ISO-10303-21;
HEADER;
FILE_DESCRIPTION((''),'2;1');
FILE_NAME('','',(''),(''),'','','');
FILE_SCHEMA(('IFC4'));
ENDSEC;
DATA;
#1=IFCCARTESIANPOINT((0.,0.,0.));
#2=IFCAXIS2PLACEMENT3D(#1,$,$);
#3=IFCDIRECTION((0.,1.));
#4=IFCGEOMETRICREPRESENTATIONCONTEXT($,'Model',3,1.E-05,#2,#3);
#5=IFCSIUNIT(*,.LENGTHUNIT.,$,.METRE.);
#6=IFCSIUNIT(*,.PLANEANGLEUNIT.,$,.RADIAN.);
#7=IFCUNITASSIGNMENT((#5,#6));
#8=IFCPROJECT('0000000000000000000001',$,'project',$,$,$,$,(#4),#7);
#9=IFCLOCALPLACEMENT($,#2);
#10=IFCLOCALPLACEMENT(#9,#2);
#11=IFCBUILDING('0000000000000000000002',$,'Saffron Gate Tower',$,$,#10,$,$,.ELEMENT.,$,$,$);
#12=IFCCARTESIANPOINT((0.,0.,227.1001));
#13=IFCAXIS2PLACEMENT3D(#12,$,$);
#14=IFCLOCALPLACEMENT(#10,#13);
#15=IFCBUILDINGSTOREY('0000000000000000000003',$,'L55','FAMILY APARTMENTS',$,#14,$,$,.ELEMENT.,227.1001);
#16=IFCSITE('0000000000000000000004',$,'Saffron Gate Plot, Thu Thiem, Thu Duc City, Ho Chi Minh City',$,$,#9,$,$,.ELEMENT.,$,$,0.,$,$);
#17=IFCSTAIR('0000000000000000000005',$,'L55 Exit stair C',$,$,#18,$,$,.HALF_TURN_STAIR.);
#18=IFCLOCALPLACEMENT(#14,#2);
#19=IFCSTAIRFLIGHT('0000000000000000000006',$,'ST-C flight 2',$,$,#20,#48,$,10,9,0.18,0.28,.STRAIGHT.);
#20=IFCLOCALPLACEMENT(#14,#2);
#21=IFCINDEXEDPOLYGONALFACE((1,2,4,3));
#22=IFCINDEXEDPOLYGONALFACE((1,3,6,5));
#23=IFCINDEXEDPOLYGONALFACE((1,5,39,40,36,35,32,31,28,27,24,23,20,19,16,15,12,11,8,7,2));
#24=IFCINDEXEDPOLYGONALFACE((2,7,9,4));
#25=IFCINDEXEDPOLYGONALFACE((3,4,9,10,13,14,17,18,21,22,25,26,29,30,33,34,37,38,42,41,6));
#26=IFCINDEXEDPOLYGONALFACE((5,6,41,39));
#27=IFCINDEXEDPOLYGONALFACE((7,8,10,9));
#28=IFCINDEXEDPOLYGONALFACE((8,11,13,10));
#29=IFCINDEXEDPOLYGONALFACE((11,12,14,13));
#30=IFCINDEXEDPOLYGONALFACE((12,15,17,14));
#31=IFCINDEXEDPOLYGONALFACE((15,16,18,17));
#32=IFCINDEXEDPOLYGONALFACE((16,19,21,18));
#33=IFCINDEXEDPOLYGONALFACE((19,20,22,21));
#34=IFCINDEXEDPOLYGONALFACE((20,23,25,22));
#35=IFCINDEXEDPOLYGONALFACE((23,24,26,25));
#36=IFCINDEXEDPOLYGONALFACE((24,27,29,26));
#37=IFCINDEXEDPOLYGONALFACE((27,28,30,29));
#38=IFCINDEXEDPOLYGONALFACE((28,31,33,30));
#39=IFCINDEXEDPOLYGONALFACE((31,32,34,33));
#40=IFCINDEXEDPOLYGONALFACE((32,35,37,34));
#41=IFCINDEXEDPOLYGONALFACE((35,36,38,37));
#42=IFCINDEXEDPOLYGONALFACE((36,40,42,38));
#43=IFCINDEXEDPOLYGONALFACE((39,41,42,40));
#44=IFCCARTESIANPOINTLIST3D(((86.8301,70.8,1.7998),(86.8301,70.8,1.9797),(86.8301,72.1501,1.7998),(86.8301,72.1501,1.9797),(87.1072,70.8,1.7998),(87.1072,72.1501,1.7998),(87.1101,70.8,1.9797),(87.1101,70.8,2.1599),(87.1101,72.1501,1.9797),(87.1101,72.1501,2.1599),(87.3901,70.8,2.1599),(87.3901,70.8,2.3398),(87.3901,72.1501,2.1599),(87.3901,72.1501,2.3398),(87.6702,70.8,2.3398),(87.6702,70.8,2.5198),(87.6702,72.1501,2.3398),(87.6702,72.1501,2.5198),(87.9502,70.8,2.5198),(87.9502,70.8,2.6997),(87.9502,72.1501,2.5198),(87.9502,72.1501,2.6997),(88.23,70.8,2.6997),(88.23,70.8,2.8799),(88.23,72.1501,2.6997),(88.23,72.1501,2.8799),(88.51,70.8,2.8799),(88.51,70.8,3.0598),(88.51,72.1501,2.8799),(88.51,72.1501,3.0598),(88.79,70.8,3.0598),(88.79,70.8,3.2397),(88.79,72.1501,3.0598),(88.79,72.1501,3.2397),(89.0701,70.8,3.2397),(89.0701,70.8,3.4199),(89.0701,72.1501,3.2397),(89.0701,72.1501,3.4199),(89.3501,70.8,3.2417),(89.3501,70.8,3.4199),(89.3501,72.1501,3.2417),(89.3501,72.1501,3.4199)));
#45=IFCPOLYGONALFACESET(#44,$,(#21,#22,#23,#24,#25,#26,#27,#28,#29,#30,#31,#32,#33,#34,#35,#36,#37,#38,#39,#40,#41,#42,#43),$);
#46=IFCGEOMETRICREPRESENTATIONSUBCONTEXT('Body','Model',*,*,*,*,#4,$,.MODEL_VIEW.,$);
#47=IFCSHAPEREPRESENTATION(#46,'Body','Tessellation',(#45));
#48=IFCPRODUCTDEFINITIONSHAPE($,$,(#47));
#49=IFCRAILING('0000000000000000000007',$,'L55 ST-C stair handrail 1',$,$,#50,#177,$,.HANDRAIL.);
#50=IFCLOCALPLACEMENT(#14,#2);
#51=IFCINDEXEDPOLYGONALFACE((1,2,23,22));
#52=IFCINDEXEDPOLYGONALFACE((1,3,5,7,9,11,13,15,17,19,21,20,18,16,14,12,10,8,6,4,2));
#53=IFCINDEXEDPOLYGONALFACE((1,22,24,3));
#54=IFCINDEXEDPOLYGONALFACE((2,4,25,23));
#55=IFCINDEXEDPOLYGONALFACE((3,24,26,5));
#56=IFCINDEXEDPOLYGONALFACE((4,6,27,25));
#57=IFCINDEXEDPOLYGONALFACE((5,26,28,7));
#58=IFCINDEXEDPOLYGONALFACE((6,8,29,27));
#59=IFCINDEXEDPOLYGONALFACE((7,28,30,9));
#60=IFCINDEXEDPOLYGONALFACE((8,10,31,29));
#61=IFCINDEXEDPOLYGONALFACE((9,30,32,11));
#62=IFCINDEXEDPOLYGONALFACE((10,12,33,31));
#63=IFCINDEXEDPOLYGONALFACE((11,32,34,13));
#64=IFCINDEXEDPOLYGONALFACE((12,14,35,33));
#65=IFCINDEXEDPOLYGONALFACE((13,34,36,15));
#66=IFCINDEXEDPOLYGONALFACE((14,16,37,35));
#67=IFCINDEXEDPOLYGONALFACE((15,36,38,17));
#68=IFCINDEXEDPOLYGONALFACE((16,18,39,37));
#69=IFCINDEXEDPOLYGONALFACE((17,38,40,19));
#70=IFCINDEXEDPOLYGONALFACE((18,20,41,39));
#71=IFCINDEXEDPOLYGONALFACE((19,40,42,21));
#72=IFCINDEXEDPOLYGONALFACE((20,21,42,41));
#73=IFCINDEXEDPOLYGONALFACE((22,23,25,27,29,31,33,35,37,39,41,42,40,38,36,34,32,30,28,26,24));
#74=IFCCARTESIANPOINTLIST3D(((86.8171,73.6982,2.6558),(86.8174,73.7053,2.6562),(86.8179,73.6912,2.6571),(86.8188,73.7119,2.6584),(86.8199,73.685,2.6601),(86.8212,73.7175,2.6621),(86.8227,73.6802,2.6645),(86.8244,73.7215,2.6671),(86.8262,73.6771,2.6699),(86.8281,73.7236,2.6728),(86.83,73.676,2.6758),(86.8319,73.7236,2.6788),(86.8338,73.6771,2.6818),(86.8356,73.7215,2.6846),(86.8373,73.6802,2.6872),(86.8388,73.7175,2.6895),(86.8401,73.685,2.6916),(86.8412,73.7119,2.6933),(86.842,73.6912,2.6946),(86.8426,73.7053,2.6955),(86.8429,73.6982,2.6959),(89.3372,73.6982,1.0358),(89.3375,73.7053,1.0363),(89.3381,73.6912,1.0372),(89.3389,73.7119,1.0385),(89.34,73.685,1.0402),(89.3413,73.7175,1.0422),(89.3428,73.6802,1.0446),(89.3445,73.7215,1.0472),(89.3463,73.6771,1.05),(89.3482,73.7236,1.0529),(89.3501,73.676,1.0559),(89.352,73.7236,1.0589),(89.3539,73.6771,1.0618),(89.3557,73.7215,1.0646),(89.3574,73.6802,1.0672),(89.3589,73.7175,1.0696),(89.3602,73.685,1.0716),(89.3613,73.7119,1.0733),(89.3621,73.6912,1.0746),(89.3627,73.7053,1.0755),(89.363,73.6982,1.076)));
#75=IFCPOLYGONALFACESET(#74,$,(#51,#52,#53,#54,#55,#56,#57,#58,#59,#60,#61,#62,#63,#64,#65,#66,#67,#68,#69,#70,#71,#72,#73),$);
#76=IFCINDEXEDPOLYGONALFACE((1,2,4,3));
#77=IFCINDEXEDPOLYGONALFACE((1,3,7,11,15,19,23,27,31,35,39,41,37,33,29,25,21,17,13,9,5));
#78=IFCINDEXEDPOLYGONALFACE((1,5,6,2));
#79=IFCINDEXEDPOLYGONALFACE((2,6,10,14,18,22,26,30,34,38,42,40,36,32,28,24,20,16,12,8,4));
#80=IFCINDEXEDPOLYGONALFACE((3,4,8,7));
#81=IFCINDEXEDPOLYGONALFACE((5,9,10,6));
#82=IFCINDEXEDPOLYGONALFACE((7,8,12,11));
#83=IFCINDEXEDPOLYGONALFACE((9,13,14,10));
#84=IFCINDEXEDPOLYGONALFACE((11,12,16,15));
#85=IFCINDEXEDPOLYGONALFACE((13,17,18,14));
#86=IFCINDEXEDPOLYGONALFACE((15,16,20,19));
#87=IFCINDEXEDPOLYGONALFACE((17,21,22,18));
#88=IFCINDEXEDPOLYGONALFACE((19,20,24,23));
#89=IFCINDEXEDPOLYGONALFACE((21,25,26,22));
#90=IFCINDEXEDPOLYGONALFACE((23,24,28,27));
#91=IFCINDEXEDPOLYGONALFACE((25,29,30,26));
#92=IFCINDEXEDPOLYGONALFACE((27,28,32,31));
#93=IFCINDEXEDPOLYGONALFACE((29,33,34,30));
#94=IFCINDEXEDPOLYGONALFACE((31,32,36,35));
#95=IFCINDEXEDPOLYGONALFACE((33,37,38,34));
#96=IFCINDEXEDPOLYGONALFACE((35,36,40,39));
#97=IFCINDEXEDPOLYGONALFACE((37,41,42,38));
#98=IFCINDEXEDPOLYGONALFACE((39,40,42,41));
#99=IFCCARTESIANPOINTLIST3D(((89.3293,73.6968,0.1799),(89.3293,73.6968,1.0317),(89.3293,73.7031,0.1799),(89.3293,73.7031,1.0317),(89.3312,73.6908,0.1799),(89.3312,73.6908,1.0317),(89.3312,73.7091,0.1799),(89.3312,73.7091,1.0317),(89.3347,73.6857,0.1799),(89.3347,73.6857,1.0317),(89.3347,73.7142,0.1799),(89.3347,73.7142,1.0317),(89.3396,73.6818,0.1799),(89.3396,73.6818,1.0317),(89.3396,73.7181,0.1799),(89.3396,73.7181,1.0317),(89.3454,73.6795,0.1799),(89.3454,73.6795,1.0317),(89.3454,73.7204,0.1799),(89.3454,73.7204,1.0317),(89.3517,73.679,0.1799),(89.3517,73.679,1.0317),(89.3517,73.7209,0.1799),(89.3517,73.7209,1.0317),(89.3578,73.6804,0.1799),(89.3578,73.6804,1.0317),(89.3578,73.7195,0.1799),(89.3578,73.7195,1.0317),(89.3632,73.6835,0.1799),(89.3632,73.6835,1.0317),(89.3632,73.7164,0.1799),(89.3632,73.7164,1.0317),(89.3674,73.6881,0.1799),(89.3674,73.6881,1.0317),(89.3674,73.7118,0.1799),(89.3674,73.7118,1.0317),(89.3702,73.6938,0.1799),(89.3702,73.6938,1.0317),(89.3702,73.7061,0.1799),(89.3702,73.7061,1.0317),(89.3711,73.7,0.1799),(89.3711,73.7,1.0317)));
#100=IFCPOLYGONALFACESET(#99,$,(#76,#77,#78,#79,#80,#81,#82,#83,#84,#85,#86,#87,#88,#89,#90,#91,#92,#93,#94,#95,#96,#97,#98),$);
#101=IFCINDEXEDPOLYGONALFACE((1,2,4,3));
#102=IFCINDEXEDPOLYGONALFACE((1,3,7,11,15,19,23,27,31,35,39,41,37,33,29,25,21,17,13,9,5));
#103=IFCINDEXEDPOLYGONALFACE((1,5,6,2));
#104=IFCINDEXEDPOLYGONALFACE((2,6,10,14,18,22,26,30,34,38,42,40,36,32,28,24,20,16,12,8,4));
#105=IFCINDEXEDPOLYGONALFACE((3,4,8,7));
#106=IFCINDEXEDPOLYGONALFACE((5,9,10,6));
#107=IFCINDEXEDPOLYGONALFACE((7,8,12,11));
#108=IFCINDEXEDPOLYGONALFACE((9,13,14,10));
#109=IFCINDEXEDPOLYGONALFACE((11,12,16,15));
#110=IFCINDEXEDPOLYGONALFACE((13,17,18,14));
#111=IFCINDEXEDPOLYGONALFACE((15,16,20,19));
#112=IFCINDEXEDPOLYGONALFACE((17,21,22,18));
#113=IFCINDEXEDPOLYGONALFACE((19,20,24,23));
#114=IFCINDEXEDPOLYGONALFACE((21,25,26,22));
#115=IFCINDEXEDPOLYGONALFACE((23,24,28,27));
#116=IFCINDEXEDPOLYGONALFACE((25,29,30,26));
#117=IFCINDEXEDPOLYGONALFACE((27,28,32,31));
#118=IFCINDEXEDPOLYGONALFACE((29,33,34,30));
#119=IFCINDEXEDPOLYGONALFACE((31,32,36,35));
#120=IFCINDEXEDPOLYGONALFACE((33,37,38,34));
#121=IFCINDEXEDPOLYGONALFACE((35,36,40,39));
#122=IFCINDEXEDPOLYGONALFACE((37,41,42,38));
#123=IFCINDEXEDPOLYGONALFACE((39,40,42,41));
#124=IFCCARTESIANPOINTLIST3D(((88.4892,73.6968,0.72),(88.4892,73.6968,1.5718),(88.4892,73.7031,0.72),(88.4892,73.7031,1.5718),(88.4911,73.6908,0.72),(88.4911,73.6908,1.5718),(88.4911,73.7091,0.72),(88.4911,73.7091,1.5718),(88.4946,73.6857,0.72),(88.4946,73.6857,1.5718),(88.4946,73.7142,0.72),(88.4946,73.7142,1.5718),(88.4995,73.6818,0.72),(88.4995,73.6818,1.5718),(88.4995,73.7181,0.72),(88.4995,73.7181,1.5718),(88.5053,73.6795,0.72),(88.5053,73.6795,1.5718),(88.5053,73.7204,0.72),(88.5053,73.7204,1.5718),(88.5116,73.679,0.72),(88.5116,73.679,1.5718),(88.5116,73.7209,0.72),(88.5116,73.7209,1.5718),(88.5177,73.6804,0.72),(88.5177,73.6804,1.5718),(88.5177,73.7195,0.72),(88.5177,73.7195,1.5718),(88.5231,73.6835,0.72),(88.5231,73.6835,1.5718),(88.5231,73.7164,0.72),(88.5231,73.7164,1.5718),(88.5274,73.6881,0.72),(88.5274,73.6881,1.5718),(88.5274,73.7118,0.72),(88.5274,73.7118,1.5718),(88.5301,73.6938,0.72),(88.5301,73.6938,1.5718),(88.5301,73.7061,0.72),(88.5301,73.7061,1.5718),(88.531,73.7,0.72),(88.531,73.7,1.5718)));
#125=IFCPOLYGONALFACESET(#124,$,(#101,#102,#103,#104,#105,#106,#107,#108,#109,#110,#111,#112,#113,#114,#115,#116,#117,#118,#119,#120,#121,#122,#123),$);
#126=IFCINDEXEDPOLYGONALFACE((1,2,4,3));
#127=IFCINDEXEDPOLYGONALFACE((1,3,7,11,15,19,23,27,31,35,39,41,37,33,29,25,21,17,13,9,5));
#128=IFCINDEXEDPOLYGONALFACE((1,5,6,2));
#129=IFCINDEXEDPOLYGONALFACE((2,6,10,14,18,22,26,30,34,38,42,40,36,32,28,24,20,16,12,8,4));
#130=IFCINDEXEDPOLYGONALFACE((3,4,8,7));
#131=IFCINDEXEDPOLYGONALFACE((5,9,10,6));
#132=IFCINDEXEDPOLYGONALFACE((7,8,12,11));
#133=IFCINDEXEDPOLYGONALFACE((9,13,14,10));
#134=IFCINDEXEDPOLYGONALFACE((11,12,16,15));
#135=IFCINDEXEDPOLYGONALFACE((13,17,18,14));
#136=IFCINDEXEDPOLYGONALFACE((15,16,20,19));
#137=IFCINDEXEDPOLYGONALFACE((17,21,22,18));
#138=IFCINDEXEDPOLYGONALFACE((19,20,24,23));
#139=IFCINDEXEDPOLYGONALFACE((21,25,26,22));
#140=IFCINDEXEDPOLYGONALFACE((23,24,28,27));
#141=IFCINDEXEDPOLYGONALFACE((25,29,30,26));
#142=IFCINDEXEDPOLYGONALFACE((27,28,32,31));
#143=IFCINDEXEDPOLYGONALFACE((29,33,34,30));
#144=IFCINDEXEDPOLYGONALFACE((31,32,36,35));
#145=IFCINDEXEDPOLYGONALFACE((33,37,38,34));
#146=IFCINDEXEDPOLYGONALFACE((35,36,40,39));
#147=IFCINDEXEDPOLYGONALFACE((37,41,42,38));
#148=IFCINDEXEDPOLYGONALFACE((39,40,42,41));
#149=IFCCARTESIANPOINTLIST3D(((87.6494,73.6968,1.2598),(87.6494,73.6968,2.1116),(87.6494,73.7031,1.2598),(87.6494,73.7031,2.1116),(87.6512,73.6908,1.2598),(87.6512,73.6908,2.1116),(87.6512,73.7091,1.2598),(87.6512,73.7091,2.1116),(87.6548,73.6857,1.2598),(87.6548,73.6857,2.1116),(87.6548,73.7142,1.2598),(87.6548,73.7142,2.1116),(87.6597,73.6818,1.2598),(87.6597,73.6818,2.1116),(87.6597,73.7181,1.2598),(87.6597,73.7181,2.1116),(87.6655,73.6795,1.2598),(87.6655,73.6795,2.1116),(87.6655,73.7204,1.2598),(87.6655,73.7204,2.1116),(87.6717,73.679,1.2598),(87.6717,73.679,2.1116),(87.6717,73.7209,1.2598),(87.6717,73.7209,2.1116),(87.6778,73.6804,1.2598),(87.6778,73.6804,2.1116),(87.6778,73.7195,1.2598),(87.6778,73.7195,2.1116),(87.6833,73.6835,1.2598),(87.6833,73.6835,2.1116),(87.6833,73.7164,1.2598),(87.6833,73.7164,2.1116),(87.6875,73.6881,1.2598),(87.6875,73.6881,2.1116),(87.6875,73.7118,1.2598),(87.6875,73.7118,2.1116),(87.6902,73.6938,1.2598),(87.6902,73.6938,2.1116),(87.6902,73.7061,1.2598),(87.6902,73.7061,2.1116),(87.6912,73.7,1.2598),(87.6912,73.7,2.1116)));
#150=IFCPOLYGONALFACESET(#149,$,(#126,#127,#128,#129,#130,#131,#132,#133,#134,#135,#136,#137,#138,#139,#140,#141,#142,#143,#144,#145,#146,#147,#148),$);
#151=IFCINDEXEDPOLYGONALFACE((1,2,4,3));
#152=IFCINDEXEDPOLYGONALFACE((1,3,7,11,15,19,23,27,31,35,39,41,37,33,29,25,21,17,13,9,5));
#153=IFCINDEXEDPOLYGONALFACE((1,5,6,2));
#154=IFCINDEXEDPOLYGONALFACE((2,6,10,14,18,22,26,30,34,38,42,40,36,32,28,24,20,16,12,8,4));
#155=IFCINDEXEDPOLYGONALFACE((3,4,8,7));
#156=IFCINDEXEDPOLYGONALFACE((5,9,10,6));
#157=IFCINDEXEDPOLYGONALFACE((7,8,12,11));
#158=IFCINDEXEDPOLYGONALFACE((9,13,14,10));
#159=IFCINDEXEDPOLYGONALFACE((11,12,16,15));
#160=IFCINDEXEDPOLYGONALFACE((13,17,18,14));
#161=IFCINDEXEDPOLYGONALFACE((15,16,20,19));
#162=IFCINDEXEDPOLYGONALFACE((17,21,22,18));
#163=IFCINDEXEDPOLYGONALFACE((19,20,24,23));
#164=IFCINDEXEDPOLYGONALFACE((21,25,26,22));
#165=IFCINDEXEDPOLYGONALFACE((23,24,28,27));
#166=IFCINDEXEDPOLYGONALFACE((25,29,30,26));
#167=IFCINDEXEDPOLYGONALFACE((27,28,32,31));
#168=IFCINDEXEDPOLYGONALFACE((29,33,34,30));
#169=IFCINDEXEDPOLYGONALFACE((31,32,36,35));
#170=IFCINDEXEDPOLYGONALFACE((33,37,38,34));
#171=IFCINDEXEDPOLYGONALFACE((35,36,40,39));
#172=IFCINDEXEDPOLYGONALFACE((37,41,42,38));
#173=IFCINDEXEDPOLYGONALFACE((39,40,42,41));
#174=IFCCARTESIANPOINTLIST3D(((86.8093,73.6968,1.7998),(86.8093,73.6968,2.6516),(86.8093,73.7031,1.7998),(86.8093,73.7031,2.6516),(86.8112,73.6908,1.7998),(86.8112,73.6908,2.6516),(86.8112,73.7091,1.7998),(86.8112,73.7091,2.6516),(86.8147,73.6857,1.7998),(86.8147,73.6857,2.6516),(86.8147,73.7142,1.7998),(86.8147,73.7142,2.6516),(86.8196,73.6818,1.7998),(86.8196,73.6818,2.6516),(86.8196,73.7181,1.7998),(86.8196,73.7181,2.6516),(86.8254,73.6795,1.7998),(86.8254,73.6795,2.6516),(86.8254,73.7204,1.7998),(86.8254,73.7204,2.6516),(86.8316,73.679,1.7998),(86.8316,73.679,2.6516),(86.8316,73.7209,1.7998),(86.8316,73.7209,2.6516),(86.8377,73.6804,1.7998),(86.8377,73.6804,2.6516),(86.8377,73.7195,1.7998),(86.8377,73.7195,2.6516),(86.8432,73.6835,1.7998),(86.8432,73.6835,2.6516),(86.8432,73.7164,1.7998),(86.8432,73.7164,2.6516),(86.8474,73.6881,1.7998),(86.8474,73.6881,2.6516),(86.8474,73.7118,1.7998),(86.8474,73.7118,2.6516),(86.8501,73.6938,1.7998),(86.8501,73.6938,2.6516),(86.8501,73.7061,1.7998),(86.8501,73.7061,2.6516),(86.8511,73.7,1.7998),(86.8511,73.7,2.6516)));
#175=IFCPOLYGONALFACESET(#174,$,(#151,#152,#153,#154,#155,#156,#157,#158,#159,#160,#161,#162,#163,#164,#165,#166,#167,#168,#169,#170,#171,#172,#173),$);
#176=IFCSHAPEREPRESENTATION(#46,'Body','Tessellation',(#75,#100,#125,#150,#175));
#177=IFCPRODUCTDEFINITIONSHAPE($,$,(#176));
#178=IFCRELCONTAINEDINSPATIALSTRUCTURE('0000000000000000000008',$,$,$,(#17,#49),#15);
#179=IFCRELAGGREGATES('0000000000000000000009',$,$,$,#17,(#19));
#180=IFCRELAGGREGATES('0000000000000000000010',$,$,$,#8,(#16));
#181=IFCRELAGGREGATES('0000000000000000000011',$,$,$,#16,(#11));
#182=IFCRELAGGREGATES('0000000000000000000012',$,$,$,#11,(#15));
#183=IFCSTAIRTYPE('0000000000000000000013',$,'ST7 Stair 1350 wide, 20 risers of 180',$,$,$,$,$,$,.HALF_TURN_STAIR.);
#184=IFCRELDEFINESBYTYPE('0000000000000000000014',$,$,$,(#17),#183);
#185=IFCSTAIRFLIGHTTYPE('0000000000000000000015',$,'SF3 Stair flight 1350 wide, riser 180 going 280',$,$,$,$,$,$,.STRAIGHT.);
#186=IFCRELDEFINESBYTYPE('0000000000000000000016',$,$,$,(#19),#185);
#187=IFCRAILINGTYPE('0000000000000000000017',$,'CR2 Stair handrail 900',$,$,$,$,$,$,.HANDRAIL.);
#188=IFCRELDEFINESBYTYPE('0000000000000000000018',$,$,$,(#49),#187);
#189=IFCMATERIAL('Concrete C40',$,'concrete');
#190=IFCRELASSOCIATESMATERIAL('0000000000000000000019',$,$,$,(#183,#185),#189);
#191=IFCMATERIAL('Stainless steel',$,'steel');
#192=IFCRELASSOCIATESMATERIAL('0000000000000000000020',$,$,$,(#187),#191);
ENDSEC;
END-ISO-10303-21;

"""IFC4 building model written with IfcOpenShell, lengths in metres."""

from ifc_helpers import new_model, si_unit, direction, frame, origin, origin_2d, place, context, subcontext, project, spatial, polyline, circle, outline, extrude, material, type_object, element, aggregate, save


model = new_model("IFC4")

# Units and contexts
model_context = context("Model", 3, precision=1e-05, world=origin(), true_north=direction((0.0, 1.0)))
body_context = subcontext(model_context, "Body", "Model", "MODEL_VIEW")
ifc_project = project(units=[si_unit("LENGTHUNIT", "METRE"), si_unit("PLANEANGLEUNIT", "RADIAN")], contexts=[model_context])

# Site, building, storey
site_placement = place(None, origin())
site = spatial("IfcSite", under=ifc_project, at=site_placement, Name="Saffron Gate Plot, Thu Thiem, Thu Duc City, Ho Chi Minh City", CompositionType="ELEMENT", RefElevation=0.0)
building_placement = place(site_placement, origin())
building = spatial("IfcBuilding", under=site, at=building_placement, Name="Saffron Gate Tower", CompositionType="ELEMENT")
storey_placement = place(building_placement, frame((0.0, 0.0, 227.1001)))
storey = spatial("IfcBuildingStorey", under=building, at=storey_placement, Name="L55", Description="FAMILY APARTMENTS", CompositionType="ELEMENT", Elevation=227.1001)

# Stair, stair flight
ifc_material_1 = material(Name="Concrete C40", Category="concrete")
stair_type = type_object("IfcStairType", Name="ST7 Stair 1350 wide, 20 risers of 180", PredefinedType="HALF_TURN_STAIR", material=ifc_material_1)
stair_placement = place(storey_placement, origin())
stair = element("IfcStair", 1, at=stair_placement, inside=storey, type_object=stair_type, Name="L55 Exit stair C", PredefinedType="HALF_TURN_STAIR")
stair_flight_type = type_object("IfcStairFlightType", Name="SF3 Stair flight 1350 wide, riser 180 going 280", PredefinedType="STRAIGHT", material=ifc_material_1)
stair_flight_1_placement = place(storey_placement, frame((86.8301, 71.4751, 1.7998), z_axis=(0.0, 0.0, 1.0), x_axis=(1.0, 0.0, 0.0)))
stair_flight_1 = element("IfcStairFlight", 2, at=stair_flight_1_placement, type_object=stair_flight_type, Name="ST-C flight 2", NumberOfRisers=10, NumberOfTreads=9, PredefinedType="STRAIGHT", RiserHeight=0.18, TreadLength=0.28, context=body_context, shape_type="SweptSolid", body=[
    extrude(outline(polyline([(0.0, 0.0), (0.0, 0.1799), (0.28, 0.1799), (0.28, 0.3601), (0.5601, 0.3601), (0.5601, 0.54), (0.8401, 0.54), (0.8401, 0.72), (1.1201, 0.72), (1.1201, 0.8999), (1.3999, 0.8999), (1.3999, 1.0801), (1.6799, 1.0801), (1.6799, 1.26), (1.96, 1.26), (1.96, 1.4399), (2.24, 1.4399), (2.24, 1.6201), (2.52, 1.6201), (2.52, 1.8), (2.52, 1.4419), (0.2771, 0.0), (0.0, 0.0)])), frame((0.0, 0.675, 0.0), z_axis=(0.0, -1.0, 0.0), x_axis=(1.0, 0.0, 0.0)), (0.0, 0.0, 1.0), 1.3501),
])
aggregate(stair, [stair_flight_1])

# Railing
ifc_material_2 = material(Name="Stainless steel", Category="steel")
railing_type_1 = type_object("IfcRailingType", Name="CR2 Stair handrail 900", PredefinedType="HANDRAIL", material=ifc_material_2)
railing_1_placement = place(storey_placement, frame((89.3501, 73.7, 0.1799)))
element("IfcRailing", 3, at=railing_1_placement, inside=storey, type_object=railing_type_1, Name="L55 ST-C stair handrail 1", PredefinedType="HANDRAIL", context=body_context, shape_type="SweptSolid", body=[
    extrude(circle(Radius=0.0239, at=origin_2d()), frame((0.0, 0.0, 0.876), z_axis=(-0.8412, 0.0, 0.540725), x_axis=(0.0, -1.0, 0.0)), (0.0, 0.0, 1.0), 2.9958),
    extrude(circle(Radius=0.021, at=origin_2d()), origin(), (0.0, 0.0, 1.0), 0.8518),
    extrude(circle(Radius=0.021, at=origin_2d()), frame((-0.8401, 0.0, 0.54)), (0.0, 0.0, 1.0), 0.8518),
    extrude(circle(Radius=0.021, at=origin_2d()), frame((-1.6799, 0.0, 1.0798)), (0.0, 0.0, 1.0), 0.8518),
    extrude(circle(Radius=0.021, at=origin_2d()), frame((-2.52, 0.0, 1.6199)), (0.0, 0.0, 1.0), 0.8518),
])

save(model, "model.ifc")
